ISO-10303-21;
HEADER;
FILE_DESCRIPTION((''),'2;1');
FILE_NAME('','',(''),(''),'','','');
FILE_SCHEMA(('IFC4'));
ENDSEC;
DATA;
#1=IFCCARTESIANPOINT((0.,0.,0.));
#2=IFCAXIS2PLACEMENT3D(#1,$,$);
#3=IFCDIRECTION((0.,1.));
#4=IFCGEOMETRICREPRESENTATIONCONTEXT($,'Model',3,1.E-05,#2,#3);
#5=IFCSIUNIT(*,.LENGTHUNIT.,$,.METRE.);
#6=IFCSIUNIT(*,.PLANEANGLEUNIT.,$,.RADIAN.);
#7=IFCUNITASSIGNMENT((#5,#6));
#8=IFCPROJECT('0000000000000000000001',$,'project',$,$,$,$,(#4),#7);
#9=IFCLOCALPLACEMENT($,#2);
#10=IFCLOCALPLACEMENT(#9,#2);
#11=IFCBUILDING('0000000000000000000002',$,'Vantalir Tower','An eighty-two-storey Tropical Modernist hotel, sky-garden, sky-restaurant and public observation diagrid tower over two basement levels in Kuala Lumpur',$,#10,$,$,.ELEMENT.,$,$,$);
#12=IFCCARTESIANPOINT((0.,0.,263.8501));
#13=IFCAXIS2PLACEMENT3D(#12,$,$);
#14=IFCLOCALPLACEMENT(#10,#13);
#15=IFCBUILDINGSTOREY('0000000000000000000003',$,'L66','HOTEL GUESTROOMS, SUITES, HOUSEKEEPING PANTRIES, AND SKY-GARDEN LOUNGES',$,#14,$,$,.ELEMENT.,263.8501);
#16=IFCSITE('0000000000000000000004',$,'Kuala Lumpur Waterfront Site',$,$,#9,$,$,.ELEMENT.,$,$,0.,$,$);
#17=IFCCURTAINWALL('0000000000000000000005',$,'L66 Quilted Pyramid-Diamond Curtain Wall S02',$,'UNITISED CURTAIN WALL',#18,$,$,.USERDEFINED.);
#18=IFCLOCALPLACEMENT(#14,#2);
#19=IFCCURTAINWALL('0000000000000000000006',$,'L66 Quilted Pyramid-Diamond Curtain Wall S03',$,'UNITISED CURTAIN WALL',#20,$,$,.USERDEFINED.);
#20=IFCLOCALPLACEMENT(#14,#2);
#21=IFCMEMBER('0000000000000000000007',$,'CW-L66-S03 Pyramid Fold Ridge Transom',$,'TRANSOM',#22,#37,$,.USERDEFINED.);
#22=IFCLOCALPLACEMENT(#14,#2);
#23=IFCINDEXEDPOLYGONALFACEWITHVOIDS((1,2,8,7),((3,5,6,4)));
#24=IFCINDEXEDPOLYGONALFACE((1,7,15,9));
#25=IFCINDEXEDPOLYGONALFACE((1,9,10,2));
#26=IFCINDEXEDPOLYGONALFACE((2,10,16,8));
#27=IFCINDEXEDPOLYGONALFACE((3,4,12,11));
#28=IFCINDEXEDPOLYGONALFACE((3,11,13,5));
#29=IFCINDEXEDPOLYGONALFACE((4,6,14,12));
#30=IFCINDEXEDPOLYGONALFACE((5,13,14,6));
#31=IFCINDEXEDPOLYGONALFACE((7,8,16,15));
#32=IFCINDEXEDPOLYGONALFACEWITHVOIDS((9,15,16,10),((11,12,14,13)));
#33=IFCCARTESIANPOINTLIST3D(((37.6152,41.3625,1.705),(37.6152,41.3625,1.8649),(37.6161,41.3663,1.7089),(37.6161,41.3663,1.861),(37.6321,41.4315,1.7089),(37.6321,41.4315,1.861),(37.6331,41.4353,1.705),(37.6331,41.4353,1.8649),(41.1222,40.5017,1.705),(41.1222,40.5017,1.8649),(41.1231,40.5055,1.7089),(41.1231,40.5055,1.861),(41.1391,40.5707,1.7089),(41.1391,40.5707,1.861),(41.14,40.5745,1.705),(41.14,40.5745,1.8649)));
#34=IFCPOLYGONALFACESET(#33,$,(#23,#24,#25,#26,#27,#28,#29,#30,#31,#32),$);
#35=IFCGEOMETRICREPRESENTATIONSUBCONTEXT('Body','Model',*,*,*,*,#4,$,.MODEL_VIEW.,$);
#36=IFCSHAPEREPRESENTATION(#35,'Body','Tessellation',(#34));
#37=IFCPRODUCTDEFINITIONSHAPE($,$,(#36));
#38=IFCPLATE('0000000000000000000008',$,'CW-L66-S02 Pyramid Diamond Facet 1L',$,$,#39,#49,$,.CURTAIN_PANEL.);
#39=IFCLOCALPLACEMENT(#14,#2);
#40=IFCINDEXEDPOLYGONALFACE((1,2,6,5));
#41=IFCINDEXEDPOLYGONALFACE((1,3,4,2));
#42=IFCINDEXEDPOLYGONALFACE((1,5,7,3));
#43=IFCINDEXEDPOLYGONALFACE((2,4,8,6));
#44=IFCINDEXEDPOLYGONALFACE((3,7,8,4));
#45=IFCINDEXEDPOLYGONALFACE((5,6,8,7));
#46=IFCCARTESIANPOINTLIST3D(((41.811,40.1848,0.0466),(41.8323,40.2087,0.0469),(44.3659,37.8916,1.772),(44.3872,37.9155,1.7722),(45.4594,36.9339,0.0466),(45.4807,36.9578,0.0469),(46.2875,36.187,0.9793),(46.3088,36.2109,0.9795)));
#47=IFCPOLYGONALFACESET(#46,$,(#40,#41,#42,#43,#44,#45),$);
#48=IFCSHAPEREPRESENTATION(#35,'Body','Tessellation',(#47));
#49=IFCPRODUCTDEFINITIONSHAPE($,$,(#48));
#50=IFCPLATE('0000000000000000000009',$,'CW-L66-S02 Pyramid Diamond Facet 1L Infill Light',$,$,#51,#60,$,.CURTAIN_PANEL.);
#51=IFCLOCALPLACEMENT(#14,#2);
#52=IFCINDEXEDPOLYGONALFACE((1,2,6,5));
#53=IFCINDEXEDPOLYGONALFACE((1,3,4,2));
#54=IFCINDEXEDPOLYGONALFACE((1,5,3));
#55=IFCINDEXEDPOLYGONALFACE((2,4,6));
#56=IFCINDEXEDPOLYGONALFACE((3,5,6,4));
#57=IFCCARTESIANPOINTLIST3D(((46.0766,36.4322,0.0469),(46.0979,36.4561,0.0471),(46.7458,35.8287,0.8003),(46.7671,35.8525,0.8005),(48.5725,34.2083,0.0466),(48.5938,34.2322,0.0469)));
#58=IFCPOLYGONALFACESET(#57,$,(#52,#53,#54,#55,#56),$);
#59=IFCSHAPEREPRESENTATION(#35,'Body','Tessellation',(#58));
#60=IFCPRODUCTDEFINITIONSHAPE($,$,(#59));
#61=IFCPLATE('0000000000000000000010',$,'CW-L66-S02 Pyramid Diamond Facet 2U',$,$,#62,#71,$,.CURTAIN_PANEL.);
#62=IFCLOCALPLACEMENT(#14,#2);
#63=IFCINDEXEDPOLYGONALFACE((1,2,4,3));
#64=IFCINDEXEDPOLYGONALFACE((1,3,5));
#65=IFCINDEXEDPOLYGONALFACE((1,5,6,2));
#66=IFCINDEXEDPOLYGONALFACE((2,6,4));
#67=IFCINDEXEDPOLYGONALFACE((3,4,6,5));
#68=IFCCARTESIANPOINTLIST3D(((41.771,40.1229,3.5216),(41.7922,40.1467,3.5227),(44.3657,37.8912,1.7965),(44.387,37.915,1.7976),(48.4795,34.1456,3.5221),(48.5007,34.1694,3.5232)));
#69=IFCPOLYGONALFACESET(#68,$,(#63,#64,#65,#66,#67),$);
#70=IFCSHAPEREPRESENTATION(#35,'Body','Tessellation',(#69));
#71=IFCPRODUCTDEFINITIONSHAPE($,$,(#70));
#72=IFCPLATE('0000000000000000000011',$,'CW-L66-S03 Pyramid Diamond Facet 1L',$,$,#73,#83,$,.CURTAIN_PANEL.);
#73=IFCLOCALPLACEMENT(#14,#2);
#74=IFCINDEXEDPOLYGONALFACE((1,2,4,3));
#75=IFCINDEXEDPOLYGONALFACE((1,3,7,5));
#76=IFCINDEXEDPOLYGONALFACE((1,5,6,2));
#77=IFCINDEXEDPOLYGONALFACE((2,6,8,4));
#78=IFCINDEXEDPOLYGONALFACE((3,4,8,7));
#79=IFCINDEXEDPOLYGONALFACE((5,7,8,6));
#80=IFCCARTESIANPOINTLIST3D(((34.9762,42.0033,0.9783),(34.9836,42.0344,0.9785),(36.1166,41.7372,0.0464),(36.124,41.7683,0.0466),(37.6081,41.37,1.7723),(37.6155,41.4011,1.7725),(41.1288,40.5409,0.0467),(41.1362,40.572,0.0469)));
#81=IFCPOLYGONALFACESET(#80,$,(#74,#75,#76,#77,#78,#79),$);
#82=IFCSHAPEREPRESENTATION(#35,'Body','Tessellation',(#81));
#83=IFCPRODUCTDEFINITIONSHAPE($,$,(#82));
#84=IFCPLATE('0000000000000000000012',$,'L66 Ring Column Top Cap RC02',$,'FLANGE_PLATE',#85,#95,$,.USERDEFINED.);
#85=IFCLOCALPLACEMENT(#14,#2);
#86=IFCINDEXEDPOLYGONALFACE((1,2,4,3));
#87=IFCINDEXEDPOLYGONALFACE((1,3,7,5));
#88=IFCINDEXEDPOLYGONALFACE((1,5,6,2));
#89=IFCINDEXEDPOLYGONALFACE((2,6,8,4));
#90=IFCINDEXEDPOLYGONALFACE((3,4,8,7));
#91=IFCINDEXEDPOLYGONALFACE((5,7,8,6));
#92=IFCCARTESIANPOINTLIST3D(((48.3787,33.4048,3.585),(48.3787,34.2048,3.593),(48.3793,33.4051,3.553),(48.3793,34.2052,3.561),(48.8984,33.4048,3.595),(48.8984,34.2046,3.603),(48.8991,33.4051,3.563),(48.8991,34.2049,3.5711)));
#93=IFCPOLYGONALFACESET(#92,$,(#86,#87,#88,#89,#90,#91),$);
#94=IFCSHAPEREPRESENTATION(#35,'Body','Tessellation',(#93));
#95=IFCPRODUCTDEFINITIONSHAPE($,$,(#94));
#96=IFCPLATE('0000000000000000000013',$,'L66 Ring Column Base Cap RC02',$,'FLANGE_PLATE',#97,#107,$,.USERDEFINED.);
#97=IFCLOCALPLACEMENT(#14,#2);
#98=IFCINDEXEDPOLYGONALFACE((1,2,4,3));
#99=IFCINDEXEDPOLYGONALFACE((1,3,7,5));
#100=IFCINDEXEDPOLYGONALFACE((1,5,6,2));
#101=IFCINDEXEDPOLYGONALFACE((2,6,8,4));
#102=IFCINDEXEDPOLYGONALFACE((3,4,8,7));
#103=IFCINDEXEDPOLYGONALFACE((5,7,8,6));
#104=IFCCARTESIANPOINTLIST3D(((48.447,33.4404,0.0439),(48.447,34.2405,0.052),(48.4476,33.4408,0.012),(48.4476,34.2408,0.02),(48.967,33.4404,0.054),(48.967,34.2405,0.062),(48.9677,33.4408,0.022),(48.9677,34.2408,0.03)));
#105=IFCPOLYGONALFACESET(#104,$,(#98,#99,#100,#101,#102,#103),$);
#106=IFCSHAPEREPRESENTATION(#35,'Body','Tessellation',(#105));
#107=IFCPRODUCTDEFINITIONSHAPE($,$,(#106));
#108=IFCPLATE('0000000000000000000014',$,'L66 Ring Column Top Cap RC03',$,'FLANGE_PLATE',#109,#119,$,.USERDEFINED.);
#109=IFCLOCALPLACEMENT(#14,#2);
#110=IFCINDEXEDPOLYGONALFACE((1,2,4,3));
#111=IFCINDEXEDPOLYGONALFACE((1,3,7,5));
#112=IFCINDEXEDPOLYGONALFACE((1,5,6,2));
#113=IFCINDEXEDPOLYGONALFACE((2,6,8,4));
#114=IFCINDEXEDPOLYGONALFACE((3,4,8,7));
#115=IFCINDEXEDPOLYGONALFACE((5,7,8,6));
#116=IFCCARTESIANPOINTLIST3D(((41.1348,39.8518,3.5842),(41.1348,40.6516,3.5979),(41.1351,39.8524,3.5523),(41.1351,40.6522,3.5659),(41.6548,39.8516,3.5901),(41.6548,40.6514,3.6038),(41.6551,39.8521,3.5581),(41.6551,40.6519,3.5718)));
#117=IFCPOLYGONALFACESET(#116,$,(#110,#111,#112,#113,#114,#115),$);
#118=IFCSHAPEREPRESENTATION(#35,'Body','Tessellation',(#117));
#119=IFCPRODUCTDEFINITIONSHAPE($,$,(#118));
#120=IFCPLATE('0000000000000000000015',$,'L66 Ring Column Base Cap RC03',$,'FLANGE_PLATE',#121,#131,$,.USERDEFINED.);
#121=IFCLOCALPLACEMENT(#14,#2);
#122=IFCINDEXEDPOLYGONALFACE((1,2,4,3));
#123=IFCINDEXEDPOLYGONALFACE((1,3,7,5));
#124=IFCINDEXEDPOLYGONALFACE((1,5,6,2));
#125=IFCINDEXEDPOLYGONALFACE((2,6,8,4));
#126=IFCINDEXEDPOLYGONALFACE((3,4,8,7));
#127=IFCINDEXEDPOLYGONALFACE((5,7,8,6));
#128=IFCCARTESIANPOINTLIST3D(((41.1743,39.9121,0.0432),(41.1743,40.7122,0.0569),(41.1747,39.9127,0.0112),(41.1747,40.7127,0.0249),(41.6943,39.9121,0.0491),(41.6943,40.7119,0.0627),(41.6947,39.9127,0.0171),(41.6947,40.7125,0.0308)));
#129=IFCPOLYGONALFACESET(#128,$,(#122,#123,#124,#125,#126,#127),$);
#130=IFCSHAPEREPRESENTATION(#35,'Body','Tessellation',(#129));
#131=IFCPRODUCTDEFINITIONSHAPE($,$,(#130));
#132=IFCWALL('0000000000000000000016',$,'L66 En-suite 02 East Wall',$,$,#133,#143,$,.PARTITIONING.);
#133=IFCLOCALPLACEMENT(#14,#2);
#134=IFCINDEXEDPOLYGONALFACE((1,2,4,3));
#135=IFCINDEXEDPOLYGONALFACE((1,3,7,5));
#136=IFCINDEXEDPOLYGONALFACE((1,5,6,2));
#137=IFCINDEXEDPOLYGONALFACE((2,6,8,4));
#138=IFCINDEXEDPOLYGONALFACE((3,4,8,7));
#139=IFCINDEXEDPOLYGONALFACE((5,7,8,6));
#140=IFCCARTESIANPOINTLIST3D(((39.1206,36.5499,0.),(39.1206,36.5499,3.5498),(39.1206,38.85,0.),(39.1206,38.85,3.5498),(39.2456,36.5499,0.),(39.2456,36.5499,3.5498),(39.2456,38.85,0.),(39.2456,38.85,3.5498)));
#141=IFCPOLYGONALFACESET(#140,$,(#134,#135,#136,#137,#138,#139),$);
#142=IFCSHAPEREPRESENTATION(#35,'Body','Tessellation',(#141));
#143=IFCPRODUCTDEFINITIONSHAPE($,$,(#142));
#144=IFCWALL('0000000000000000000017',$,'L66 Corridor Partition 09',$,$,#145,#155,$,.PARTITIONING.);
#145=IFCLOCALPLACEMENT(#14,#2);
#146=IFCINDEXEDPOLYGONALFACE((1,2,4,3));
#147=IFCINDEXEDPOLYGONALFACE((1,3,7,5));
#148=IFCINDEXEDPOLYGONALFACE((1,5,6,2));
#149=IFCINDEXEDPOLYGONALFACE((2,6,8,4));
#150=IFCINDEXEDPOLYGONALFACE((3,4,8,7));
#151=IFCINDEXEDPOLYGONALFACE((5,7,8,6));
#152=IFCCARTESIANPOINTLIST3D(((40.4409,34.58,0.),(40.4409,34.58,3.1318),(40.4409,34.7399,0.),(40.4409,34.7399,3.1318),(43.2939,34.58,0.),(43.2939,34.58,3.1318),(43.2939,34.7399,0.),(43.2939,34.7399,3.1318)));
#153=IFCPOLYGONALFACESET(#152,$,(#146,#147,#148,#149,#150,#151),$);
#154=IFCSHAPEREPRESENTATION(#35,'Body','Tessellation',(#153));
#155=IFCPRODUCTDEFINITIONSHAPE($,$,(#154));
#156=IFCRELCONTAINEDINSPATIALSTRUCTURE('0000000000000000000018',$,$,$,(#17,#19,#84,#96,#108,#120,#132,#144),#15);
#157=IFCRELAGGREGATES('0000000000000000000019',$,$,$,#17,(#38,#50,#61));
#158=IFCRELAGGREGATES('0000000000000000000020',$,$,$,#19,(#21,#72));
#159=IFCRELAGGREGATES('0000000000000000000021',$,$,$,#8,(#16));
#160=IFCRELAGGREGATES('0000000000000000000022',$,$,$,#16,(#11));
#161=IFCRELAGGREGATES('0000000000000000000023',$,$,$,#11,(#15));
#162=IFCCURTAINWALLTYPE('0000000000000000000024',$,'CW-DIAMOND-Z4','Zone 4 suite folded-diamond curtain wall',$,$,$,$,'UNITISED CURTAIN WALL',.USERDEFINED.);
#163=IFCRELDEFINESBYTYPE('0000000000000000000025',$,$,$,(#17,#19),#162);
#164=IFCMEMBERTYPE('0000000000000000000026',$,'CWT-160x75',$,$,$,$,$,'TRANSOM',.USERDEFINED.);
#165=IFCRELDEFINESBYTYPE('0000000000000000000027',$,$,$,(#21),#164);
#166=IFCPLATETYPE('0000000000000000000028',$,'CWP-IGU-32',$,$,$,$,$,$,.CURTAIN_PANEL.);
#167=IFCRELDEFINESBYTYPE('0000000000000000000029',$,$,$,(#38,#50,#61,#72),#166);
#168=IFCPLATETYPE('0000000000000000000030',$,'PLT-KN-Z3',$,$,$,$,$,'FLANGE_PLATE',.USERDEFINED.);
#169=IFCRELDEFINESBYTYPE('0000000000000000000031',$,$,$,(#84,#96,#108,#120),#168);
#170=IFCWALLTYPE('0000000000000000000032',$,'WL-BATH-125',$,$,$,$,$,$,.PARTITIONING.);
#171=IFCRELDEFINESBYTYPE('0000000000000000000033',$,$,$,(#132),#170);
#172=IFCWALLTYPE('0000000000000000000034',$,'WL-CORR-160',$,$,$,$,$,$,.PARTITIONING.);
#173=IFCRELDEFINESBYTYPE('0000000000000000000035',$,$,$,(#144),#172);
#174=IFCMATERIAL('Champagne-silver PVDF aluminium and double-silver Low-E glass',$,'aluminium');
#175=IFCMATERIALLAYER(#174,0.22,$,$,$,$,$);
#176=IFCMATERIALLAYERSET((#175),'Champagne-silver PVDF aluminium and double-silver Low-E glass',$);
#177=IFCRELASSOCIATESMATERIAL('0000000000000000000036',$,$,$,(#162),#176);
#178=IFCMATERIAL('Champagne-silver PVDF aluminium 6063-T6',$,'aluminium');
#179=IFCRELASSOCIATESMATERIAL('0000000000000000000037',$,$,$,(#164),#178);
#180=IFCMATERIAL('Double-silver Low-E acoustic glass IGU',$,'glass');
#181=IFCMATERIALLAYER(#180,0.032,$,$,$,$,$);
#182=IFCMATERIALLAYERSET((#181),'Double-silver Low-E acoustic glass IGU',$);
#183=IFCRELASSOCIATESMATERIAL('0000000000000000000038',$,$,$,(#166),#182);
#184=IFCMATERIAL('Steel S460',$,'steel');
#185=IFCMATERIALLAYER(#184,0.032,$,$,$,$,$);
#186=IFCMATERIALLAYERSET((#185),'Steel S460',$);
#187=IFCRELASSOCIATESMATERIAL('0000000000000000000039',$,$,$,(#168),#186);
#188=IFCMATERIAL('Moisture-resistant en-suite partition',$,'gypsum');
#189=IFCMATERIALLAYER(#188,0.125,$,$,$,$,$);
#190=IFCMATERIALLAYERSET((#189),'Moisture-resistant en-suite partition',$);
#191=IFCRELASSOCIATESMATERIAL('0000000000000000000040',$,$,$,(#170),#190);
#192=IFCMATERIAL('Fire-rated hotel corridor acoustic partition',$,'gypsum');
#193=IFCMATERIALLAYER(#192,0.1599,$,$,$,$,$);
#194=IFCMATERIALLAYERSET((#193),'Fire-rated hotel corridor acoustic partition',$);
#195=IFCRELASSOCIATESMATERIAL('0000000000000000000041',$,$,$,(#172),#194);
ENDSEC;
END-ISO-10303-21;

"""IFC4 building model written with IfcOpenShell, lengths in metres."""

from ifc_helpers import new_model, si_unit, direction, frame, frame_2d, origin, origin_2d, place, context, subcontext, project, spatial, polyline, rectangle, hollow_rectangle, outline, extrude, material, layer, layer_set, material_profile, profile_set, type_object, element, aggregate, save


model = new_model("IFC4")

# Units and contexts
model_context = context("Model", 3, precision=1e-05, world=origin(), true_north=direction((0.0, 1.0)))
body_context = subcontext(model_context, "Body", "Model", "MODEL_VIEW")
ifc_project = project(units=[si_unit("LENGTHUNIT", "METRE"), si_unit("PLANEANGLEUNIT", "RADIAN")], contexts=[model_context])

# Site, building, storey
site_placement = place(None, origin())
site = spatial("IfcSite", under=ifc_project, at=site_placement, Name="Kuala Lumpur Waterfront Site", CompositionType="ELEMENT", RefElevation=0.0)
building_placement = place(site_placement, origin())
building = spatial("IfcBuilding", under=site, at=building_placement, Name="Vantalir Tower", Description="An eighty-two-storey Tropical Modernist hotel, sky-garden, sky-restaurant and public observation diagrid tower over two basement levels in Kuala Lumpur", CompositionType="ELEMENT")
storey_placement = place(building_placement, frame((0.0, 0.0, 263.8501)))
storey = spatial("IfcBuildingStorey", under=building, at=storey_placement, Name="L66", Description="HOTEL GUESTROOMS, SUITES, HOUSEKEEPING PANTRIES, AND SKY-GARDEN LOUNGES", CompositionType="ELEMENT", Elevation=263.8501)

# Shared definitions
ifc_material_1 = material(Name="Steel S460", Category="steel")

# Curtain wall
ifc_material_2 = material(Name="Champagne-silver PVDF aluminium and double-silver Low-E glass", Category="aluminium")
ifc_layer_1 = layer(ifc_material_2, 0.22)
ifc_layer_set_1 = layer_set([ifc_layer_1], Name="Champagne-silver PVDF aluminium and double-silver Low-E glass")
curtain_wall_type = type_object("IfcCurtainWallType", Name="CW-DIAMOND-Z4", Description="Zone 4 suite folded-diamond curtain wall", ElementType="UNITISED CURTAIN WALL", PredefinedType="USERDEFINED", material=ifc_layer_set_1)
curtain_wall_1_placement = place(storey_placement, origin())
curtain_wall_1 = element("IfcCurtainWall", 1, at=curtain_wall_1_placement, inside=storey, type_object=curtain_wall_type, Name="L66 Quilted Pyramid-Diamond Curtain Wall S02", ObjectType="UNITISED CURTAIN WALL", PredefinedType="USERDEFINED")
ifc_material_3 = material(Name="Champagne-silver PVDF aluminium 6063-T6", Category="aluminium")

# Curtain wall
curtain_wall_2_placement = place(storey_placement, origin())
curtain_wall_2 = element("IfcCurtainWall", 2, at=curtain_wall_2_placement, inside=storey, type_object=curtain_wall_type, Name="L66 Quilted Pyramid-Diamond Curtain Wall S03", ObjectType="UNITISED CURTAIN WALL", PredefinedType="USERDEFINED")

# Member
ifc_material_profile_1 = material_profile(ifc_material_3, hollow_rectangle(XDim=0.075, YDim=0.1599, WallThickness=0.0039, at=origin_2d()), Name="Champagne-silver PVDF aluminium 6063-T6")
ifc_profile_set_1 = profile_set([ifc_material_profile_1], Name="Champagne-silver PVDF aluminium 6063-T6")
member_type_1 = type_object("IfcMemberType", Name="CWT-160x75", ElementType="TRANSOM", PredefinedType="USERDEFINED", material=ifc_profile_set_1)
member_1_placement = place(storey_placement, frame((41.1311, 40.5381, 1.7849), z_axis=(-0.971172, 0.238382, 0.0), x_axis=(-0.238382, -0.971172, 0.0)))
member_1 = element("IfcMember", 3, at=member_1_placement, type_object=member_type_1, Name="CW-L66-S03 Pyramid Fold Ridge Transom", ObjectType="TRANSOM", PredefinedType="USERDEFINED", context=body_context, shape_type="SweptSolid", body=[
    extrude(hollow_rectangle(XDim=0.075, YDim=0.1599, WallThickness=0.0039, at=origin_2d()), origin(), (0.0, 0.0, 1.0), 3.6111),
])

# Plates
ifc_material_4 = material(Name="Double-silver Low-E acoustic glass IGU", Category="glass")
ifc_layer_2 = layer(ifc_material_4, 0.032)
ifc_layer_set_2 = layer_set([ifc_layer_2], Name="Double-silver Low-E acoustic glass IGU")
plate_type_1 = type_object("IfcPlateType", Name="CWP-IGU-32", PredefinedType="CURTAIN_PANEL", material=ifc_layer_set_2)
plate_1_placement = place(storey_placement, frame((45.4807, 36.9578, 0.0469), z_axis=(0.665246, 0.746589, 0.007184), x_axis=(-0.746609, 0.665264, 0.0)))
plate_1 = element("IfcPlate", 4, at=plate_1_placement, type_object=plate_type_1, Name="CW-L66-S02 Pyramid Diamond Facet 1L", PredefinedType="CURTAIN_PANEL", context=body_context, shape_type="SweptSolid", body=[
    extrude(outline(polyline([(0.0, 0.0), (4.8867, 0.0), (1.4536, 1.7254), (-1.1151, 0.9326), (0.0, 0.0)])), origin(), (0.0, 0.0, -1.0), 0.032),
])
plate_2_placement = place(storey_placement, frame((48.5938, 34.2322, 0.0469), z_axis=(0.66524, 0.746595, 0.007181), x_axis=(-0.746615, 0.665256, 0.000073)))
plate_2 = element("IfcPlate", 5, at=plate_2_placement, type_object=plate_type_1, Name="CW-L66-S02 Pyramid Diamond Facet 1L Infill Light", PredefinedType="CURTAIN_PANEL", context=body_context, shape_type="SweptSolid", body=[
    extrude(outline(polyline([(0.0, 0.0), (3.3429, 0.0), (2.4418, 0.7535), (0.0, 0.0)])), origin(), (0.0, 0.0, -1.0), 0.032),
])
plate_3_placement = place(storey_placement, frame((41.7922, 40.1467, 3.5227), z_axis=(0.664843, 0.746176, 0.034695), x_axis=(0.746625, -0.665245, 0.000054)))
plate_3 = element("IfcPlate", 6, at=plate_3_placement, type_object=plate_type_1, Name="CW-L66-S02 Pyramid Diamond Facet 2U", PredefinedType="CURTAIN_PANEL", context=body_context, shape_type="SweptSolid", body=[
    extrude(outline(polyline([(0.0, 0.0), (8.9851, 0.0), (3.4218, 1.7263), (0.0, 0.0)])), origin(), (0.0, 0.0, -1.0), 0.032),
])
aggregate(curtain_wall_1, [plate_1, plate_2, plate_3])
plate_4_placement = place(storey_placement, frame((41.1362, 40.572, 0.0469), z_axis=(0.232148, 0.97266, 0.006322), x_axis=(-0.972679, 0.232153, -0.000047)))
plate_4 = element("IfcPlate", 7, at=plate_4_placement, type_object=plate_type_1, Name="CW-L66-S03 Pyramid Diamond Facet 1L", PredefinedType="CURTAIN_PANEL", context=body_context, shape_type="SweptSolid", body=[
    extrude(outline(polyline([(0.0, 0.0), (5.153, 0.0), (6.324, 0.932), (3.617, 1.7258), (0.0, 0.0)])), origin(), (0.0, 0.0, -1.0), 0.032),
])
aggregate(curtain_wall_2, [member_1, plate_4])

# Plates
ifc_layer_3 = layer(ifc_material_1, 0.032)
ifc_layer_set_3 = layer_set([ifc_layer_3], Name="Steel S460")
plate_type_2 = type_object("IfcPlateType", Name="PLT-KN-Z3", ElementType="FLANGE_PLATE", PredefinedType="USERDEFINED", material=ifc_layer_set_3)
plate_5_placement = place(storey_placement, frame((48.3787, 34.2048, 3.593), z_axis=(-0.019256, -0.010069, 0.999764), x_axis=(0.0, -0.999949, -0.010071)))
element("IfcPlate", 8, at=plate_5_placement, inside=storey, type_object=plate_type_2, Name="L66 Ring Column Top Cap RC02", ObjectType="FLANGE_PLATE", PredefinedType="USERDEFINED", context=body_context, shape_type="SweptSolid", body=[
    extrude(outline(polyline([(0.0, 0.0), (0.8001, 0.0), (0.8, 0.5199), (0.0001, 0.5199), (0.0, 0.0)])), origin(), (0.0, 0.0, -1.0), 0.032),
])
plate_6_placement = place(storey_placement, frame((48.447, 34.2405, 0.052), z_axis=(-0.019244, -0.010068, 0.999764), x_axis=(0.0, -0.999949, -0.01007)))
element("IfcPlate", 9, at=plate_6_placement, inside=storey, type_object=plate_type_2, Name="L66 Ring Column Base Cap RC02", ObjectType="FLANGE_PLATE", PredefinedType="USERDEFINED", context=body_context, shape_type="SweptSolid", body=[
    extrude(outline(polyline([(0.0, 0.0), (0.8001, 0.0), (0.8, 0.5201), (-0.0001, 0.5201), (0.0, 0.0)])), origin(), (0.0, 0.0, -1.0), 0.032),
])
plate_7_placement = place(storey_placement, frame((41.1348, 40.6516, 3.5979), z_axis=(-0.011273, -0.01709, 0.99979), x_axis=(0.0, -0.999854, -0.017092)))
element("IfcPlate", 10, at=plate_7_placement, inside=storey, type_object=plate_type_2, Name="L66 Ring Column Top Cap RC03", ObjectType="FLANGE_PLATE", PredefinedType="USERDEFINED", context=body_context, shape_type="SweptSolid", body=[
    extrude(outline(polyline([(0.0, 0.0), (0.7999, 0.0), (0.8001, 0.5201), (0.0001, 0.5201), (0.0, 0.0)])), origin(), (0.0, 0.0, -1.0), 0.032),
])
plate_8_placement = place(storey_placement, frame((41.1743, 40.7122, 0.0569), z_axis=(-0.011269, -0.017088, 0.99979), x_axis=(0.0, -0.999854, -0.017089)))
element("IfcPlate", 11, at=plate_8_placement, inside=storey, type_object=plate_type_2, Name="L66 Ring Column Base Cap RC03", ObjectType="FLANGE_PLATE", PredefinedType="USERDEFINED", context=body_context, shape_type="SweptSolid", body=[
    extrude(outline(polyline([(0.0, 0.0), (0.8002, 0.0), (0.8001, 0.5201), (0.0001, 0.5201), (0.0, 0.0)])), origin(), (0.0, 0.0, -1.0), 0.032),
])

# Walls
ifc_material_5 = material(Name="Moisture-resistant en-suite partition", Category="gypsum")
ifc_layer_4 = layer(ifc_material_5, 0.125)
ifc_layer_set_4 = layer_set([ifc_layer_4], Name="Moisture-resistant en-suite partition")
wall_type_1 = type_object("IfcWallType", Name="WL-BATH-125", PredefinedType="PARTITIONING", material=ifc_layer_set_4)
wall_1_placement = place(storey_placement, frame((39.1831, 36.55, 0.0), z_axis=(0.0, 0.0, 1.0), x_axis=(0.0, 1.0, 0.0)))
element("IfcWall", 12, at=wall_1_placement, inside=storey, type_object=wall_type_1, Name="L66 En-suite 02 East Wall", PredefinedType="PARTITIONING", context=body_context, shape_type="SweptSolid", body=[
    extrude(rectangle(XDim=2.3, YDim=0.125, at=frame_2d((1.1499, 0.0))), origin(), (0.0, 0.0, 1.0), 3.5498),
])
ifc_material_6 = material(Name="Fire-rated hotel corridor acoustic partition", Category="gypsum")
ifc_layer_5 = layer(ifc_material_6, 0.1599)
ifc_layer_set_5 = layer_set([ifc_layer_5], Name="Fire-rated hotel corridor acoustic partition")
wall_type_2 = type_object("IfcWallType", Name="WL-CORR-160", PredefinedType="PARTITIONING", material=ifc_layer_set_5)
wall_2_placement = place(storey_placement, frame((40.4409, 34.6599, 0.0), z_axis=(0.0, 0.0, 1.0), x_axis=(1.0, 0.0, 0.0)))
element("IfcWall", 13, at=wall_2_placement, inside=storey, type_object=wall_type_2, Name="L66 Corridor Partition 09", PredefinedType="PARTITIONING", context=body_context, shape_type="SweptSolid", body=[
    extrude(rectangle(XDim=2.853, YDim=0.1599, at=frame_2d((1.4265, 0.0))), origin(), (0.0, 0.0, 1.0), 3.1318),
])

save(model, "model.ifc")
